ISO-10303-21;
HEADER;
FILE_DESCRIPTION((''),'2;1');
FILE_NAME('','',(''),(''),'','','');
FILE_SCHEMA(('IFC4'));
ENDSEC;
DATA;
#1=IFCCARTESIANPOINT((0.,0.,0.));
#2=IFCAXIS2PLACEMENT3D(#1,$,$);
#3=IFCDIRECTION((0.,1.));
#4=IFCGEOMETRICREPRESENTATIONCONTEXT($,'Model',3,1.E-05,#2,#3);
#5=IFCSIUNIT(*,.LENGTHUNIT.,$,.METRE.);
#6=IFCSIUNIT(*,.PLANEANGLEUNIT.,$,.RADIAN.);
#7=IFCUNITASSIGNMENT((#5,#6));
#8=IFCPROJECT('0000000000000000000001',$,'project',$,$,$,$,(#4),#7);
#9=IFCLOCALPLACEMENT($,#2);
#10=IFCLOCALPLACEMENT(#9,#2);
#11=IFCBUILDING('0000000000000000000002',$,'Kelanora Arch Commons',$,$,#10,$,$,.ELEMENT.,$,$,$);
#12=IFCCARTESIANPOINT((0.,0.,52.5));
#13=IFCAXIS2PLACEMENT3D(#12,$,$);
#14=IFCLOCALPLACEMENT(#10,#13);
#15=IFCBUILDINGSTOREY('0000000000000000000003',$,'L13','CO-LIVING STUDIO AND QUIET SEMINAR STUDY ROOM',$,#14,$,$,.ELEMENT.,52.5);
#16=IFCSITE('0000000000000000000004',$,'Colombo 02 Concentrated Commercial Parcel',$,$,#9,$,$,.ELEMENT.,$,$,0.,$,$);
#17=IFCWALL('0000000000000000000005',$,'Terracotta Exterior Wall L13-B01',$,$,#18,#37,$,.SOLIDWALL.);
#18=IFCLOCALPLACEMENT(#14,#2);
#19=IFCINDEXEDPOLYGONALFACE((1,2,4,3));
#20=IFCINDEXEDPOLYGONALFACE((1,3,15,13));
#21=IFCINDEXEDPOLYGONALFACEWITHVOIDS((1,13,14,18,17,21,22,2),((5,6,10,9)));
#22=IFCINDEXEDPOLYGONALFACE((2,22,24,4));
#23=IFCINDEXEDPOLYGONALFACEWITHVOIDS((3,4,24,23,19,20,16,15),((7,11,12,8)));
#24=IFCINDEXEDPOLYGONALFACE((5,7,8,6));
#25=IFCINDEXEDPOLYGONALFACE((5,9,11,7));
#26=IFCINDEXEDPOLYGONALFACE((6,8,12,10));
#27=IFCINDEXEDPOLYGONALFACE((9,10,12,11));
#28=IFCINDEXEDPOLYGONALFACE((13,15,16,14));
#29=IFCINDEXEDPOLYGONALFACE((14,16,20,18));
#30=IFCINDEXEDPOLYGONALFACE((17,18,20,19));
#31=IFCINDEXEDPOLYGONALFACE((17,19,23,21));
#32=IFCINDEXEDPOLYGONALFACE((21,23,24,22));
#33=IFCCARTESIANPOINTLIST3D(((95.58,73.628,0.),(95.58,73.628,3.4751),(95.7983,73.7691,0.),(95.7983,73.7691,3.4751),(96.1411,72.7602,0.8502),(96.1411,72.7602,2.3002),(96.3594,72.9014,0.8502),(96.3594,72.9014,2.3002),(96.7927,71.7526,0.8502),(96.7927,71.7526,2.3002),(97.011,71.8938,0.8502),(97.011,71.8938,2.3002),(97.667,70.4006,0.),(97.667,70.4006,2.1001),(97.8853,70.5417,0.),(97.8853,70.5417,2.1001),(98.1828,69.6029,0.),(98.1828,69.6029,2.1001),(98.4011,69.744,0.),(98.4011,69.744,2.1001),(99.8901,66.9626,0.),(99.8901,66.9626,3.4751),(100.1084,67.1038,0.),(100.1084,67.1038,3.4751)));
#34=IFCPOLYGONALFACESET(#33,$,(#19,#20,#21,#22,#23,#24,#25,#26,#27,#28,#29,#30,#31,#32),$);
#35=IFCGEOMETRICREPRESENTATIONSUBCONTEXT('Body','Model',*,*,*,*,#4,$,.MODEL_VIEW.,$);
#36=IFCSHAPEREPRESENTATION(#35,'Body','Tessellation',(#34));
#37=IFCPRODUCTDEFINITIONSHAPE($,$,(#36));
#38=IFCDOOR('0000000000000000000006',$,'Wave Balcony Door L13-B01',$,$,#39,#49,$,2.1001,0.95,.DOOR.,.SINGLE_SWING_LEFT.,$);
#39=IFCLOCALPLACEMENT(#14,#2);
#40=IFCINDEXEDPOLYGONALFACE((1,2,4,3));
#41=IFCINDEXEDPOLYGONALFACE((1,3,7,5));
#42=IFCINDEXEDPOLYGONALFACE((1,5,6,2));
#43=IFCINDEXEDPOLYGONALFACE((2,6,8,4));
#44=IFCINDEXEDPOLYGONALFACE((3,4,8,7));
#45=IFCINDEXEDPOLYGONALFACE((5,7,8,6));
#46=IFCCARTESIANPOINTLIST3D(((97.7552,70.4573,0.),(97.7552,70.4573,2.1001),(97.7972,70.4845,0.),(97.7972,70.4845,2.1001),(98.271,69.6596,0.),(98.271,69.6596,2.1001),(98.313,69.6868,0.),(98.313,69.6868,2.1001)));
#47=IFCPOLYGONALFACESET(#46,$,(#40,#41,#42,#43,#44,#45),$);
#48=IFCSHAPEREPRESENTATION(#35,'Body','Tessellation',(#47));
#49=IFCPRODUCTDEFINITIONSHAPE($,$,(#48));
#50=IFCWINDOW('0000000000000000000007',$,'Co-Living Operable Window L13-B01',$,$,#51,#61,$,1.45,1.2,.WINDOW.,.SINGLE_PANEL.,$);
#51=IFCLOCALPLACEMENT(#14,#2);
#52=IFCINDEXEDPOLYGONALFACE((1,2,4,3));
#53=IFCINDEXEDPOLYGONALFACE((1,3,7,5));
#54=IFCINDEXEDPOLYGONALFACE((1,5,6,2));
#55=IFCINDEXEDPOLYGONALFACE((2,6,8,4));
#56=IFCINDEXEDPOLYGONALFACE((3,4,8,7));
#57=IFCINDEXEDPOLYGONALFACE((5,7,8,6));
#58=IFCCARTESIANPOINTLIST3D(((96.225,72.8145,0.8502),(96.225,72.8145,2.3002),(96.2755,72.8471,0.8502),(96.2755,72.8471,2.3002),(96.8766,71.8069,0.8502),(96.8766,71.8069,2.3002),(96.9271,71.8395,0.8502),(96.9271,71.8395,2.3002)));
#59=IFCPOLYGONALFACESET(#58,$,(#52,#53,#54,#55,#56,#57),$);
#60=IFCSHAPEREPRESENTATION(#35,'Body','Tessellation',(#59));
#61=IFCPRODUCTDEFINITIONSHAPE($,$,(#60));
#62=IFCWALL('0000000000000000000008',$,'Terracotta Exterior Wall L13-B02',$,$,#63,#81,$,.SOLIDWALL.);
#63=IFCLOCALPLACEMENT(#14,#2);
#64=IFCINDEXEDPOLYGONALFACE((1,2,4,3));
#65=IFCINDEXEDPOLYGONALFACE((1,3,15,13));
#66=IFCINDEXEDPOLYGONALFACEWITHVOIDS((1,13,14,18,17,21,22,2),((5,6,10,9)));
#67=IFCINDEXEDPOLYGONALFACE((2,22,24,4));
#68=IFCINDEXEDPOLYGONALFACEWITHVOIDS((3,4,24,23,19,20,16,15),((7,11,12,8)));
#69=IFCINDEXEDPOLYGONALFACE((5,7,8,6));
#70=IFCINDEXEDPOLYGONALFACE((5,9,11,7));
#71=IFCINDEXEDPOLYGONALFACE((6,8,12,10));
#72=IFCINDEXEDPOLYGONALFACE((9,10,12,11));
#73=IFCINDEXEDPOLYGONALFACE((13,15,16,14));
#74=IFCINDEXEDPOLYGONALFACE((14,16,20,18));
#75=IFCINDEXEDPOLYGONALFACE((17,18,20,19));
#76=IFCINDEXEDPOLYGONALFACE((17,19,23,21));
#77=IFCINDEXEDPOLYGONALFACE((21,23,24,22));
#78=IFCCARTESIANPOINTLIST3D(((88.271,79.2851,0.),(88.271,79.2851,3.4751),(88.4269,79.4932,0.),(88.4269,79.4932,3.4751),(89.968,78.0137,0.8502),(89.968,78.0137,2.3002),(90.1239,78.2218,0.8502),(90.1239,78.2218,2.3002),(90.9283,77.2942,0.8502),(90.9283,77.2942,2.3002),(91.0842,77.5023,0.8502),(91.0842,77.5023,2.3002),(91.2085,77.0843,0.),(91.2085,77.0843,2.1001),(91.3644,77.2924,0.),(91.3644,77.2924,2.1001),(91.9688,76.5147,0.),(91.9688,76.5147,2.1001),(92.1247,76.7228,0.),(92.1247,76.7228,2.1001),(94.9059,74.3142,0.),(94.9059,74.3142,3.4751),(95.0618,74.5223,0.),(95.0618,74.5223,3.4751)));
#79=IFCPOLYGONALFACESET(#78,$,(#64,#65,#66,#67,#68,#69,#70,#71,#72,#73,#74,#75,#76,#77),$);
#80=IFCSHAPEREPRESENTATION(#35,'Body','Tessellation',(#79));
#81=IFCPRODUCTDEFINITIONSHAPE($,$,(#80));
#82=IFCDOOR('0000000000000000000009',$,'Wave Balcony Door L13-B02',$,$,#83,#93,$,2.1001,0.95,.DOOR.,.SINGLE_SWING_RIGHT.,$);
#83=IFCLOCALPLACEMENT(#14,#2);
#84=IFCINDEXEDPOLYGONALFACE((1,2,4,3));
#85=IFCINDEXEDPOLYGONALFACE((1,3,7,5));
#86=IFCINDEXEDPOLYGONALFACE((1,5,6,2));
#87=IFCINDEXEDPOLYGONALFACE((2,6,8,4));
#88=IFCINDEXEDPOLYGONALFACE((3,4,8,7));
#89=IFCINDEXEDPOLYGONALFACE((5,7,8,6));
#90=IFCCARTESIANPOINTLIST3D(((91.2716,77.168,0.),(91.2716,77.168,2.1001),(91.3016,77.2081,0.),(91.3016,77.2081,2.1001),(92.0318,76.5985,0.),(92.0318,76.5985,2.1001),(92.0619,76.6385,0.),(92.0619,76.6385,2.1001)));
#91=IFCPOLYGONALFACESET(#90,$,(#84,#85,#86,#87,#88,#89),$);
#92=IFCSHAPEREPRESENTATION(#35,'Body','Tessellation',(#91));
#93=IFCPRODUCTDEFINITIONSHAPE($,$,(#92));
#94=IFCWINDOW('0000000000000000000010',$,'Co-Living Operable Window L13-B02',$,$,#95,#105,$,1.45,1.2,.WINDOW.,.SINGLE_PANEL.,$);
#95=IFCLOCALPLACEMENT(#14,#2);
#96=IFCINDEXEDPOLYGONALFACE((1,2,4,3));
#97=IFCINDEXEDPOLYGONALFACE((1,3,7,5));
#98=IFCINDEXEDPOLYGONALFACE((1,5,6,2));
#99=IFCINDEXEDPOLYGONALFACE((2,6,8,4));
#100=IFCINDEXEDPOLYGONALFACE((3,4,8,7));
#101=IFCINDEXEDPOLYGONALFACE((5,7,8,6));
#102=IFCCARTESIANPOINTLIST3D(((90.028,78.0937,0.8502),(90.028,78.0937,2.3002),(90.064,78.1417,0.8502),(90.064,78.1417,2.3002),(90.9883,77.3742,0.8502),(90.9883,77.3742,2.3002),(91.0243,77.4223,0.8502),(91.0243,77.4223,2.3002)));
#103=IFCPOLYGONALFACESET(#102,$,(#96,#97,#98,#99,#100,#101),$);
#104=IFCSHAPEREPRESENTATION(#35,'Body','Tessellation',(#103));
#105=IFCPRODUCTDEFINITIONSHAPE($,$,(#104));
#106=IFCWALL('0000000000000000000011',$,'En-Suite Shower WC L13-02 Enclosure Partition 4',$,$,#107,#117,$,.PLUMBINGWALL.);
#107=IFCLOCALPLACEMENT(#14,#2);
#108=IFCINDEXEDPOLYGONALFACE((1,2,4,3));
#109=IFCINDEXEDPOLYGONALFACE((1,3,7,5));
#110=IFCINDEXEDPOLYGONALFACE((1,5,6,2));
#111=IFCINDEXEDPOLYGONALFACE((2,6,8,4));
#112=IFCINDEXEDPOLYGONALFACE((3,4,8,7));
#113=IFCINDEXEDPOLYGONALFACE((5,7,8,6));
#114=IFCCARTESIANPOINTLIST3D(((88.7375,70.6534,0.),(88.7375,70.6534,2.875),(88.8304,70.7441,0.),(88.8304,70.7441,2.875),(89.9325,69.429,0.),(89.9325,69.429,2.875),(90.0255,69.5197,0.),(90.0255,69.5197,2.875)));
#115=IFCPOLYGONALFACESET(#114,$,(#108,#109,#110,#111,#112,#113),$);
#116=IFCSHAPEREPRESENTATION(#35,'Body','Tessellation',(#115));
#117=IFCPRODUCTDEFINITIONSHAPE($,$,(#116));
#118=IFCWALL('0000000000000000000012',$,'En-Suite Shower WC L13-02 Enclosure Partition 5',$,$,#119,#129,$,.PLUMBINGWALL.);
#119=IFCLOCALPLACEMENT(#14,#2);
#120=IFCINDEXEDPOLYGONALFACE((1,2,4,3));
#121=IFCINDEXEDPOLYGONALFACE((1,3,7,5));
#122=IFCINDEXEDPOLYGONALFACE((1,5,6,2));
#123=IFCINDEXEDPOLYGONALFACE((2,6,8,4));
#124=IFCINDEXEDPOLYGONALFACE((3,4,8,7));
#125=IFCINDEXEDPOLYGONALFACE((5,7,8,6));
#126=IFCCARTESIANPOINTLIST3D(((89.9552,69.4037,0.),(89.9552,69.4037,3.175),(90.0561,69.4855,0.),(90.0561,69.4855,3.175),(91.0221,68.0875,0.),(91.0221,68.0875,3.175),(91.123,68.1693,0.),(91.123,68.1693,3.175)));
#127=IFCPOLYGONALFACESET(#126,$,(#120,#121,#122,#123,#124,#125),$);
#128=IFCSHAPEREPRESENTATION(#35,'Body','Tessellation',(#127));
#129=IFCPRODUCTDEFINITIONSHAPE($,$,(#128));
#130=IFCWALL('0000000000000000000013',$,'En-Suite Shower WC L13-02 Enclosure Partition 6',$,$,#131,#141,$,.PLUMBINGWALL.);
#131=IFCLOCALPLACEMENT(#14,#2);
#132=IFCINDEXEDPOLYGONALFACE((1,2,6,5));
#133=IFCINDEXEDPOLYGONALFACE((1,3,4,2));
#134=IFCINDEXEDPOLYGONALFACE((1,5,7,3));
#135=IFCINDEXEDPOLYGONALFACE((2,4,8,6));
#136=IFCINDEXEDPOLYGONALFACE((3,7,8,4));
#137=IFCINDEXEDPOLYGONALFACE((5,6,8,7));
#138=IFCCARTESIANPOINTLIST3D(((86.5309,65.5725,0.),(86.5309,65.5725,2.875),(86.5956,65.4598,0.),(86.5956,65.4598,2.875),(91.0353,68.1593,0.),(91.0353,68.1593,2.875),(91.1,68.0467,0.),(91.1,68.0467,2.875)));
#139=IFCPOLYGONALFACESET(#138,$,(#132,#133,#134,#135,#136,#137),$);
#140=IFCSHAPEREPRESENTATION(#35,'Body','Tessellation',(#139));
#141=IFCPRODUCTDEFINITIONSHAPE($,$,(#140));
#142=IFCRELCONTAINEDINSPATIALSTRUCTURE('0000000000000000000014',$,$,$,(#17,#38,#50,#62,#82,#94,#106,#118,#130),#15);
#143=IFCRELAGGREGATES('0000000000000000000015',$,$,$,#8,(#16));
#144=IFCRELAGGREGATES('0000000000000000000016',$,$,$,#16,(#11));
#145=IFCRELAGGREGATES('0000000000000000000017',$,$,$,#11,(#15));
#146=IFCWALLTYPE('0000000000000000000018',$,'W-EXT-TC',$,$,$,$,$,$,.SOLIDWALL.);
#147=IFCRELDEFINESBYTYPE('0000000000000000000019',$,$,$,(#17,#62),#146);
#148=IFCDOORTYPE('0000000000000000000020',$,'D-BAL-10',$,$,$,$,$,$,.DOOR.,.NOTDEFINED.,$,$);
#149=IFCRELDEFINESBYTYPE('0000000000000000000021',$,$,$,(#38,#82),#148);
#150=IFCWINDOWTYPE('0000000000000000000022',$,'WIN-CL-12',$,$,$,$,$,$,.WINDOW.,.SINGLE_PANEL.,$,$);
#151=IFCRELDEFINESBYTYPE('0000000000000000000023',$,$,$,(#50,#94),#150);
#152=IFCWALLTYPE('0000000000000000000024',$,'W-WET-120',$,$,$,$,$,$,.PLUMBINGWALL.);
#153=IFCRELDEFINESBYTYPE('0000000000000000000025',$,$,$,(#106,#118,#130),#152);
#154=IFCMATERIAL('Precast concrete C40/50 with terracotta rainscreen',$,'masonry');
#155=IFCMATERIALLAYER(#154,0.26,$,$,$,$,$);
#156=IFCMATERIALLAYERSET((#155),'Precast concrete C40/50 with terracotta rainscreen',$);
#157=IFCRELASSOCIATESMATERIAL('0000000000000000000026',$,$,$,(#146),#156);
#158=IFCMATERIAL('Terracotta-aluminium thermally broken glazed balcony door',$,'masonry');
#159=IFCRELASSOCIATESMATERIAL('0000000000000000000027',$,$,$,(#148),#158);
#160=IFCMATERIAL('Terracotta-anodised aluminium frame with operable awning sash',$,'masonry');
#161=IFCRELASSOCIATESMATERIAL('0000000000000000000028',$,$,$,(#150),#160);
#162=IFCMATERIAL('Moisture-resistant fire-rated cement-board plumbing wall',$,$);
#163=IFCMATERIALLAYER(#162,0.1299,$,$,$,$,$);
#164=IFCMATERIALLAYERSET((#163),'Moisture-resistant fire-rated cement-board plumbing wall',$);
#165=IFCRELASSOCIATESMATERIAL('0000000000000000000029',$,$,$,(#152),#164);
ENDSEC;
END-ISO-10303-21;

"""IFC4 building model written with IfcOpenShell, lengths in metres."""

from ifc_helpers import new_model, si_unit, direction, frame, frame_2d, origin, place, context, subcontext, project, spatial, rectangle, extrude, material, layer, layer_set, type_object, element, fill, save


model = new_model("IFC4")

# Units and contexts
model_context = context("Model", 3, precision=1e-05, world=origin(), true_north=direction((0.0, 1.0)))
body_context = subcontext(model_context, "Body", "Model", "MODEL_VIEW")
ifc_project = project(units=[si_unit("LENGTHUNIT", "METRE"), si_unit("PLANEANGLEUNIT", "RADIAN")], contexts=[model_context])

# Site, building, storey
site_placement = place(None, origin())
site = spatial("IfcSite", under=ifc_project, at=site_placement, Name="Colombo 02 Concentrated Commercial Parcel", CompositionType="ELEMENT", RefElevation=0.0)
building_placement = place(site_placement, origin())
building = spatial("IfcBuilding", under=site, at=building_placement, Name="Kelanora Arch Commons", CompositionType="ELEMENT")
storey_placement = place(building_placement, frame((0.0, 0.0, 52.5)))
storey = spatial("IfcBuildingStorey", under=building, at=storey_placement, Name="L13", Description="CO-LIVING STUDIO AND QUIET SEMINAR STUDY ROOM", CompositionType="ELEMENT", Elevation=52.5)

# Walls, openings, doors, windows
ifc_material_1 = material(Name="Precast concrete C40/50 with terracotta rainscreen", Category="masonry")
ifc_layer_1 = layer(ifc_material_1, 0.26)
ifc_layer_set_1 = layer_set([ifc_layer_1], Name="Precast concrete C40/50 with terracotta rainscreen")
wall_type_1 = type_object("IfcWallType", Name="W-EXT-TC", PredefinedType="SOLIDWALL", material=ifc_layer_set_1)
wall_1_placement = place(storey_placement, frame((99.9993, 67.0332, 0.0), z_axis=(0.0, 0.0, 1.0), x_axis=(-0.543005, 0.839729, 0.0)))
wall_1 = element("IfcWall", 1, at=wall_1_placement, inside=storey, type_object=wall_type_1, Name="Terracotta Exterior Wall L13-B01", PredefinedType="SOLIDWALL", context=body_context, shape_type="SweptSolid", body=[
    extrude(rectangle(XDim=7.9375, YDim=0.26, at=frame_2d((3.9688, 0.0))), origin(), (0.0, 0.0, 1.0), 3.4751),
])
opening_1_placement = place(wall_1_placement, frame((3.144, 0.0, 0.0)))
opening_1 = element("IfcOpeningElement", 2, at=opening_1_placement, cuts=wall_1, PredefinedType="OPENING", context=body_context, shape_type="SweptSolid", body=[
    extrude(rectangle(XDim=0.95, YDim=2.1001, at=frame_2d((0.4751, 1.05))), frame((0.0, 0.1401, 0.0), z_axis=(0.0, -1.0, 0.0), x_axis=(1.0, 0.0, 0.0)), (0.0, 0.0, 1.0), 0.28),
])
opening_2_placement = place(wall_1_placement, frame((5.7041, 0.0, 0.8501)))
opening_2 = element("IfcOpeningElement", 3, at=opening_2_placement, cuts=wall_1, PredefinedType="OPENING", context=body_context, shape_type="SweptSolid", body=[
    extrude(rectangle(XDim=1.2, YDim=1.45, at=frame_2d((0.6001, 0.7251))), frame((0.0, 0.1401, 0.0), z_axis=(0.0, -1.0, 0.0), x_axis=(1.0, 0.0, 0.0)), (0.0, 0.0, 1.0), 0.28),
])
ifc_material_2 = material(Name="Terracotta-aluminium thermally broken glazed balcony door", Category="masonry")
door_type = type_object("IfcDoorType", Name="D-BAL-10", OperationType="NOTDEFINED", PredefinedType="DOOR", material=ifc_material_2)
door_1_placement = place(opening_1_placement, frame((0.95, 0.0, 0.0), z_axis=(0.0, 0.0, 1.0), x_axis=(-1.0, 0.0, 0.0)))
door_1 = element("IfcDoor", 4, at=door_1_placement, inside=storey, type_object=door_type, Name="Wave Balcony Door L13-B01", OperationType="SINGLE_SWING_LEFT", OverallHeight=2.1001, OverallWidth=0.95, PredefinedType="DOOR", context=body_context, shape_type="SweptSolid", body=[
    extrude(rectangle(XDim=0.95, YDim=2.1001, at=frame_2d((0.4751, 1.05))), frame((0.0, 0.0249, 0.0), z_axis=(0.0, -1.0, 0.0), x_axis=(1.0, 0.0, 0.0)), (0.0, 0.0, 1.0), 0.05),
])
fill(opening_1, door_1)
ifc_material_3 = material(Name="Terracotta-anodised aluminium frame with operable awning sash", Category="masonry")
window_type = type_object("IfcWindowType", Name="WIN-CL-12", PartitioningType="SINGLE_PANEL", PredefinedType="WINDOW", material=ifc_material_3)
window_1_placement = place(opening_2_placement, origin())
window_1 = element("IfcWindow", 5, at=window_1_placement, inside=storey, type_object=window_type, Name="Co-Living Operable Window L13-B01", OverallHeight=1.45, OverallWidth=1.2, PartitioningType="SINGLE_PANEL", PredefinedType="WINDOW", context=body_context, shape_type="SweptSolid", body=[
    extrude(rectangle(XDim=1.2, YDim=1.45, at=frame_2d((0.6001, 0.7251))), frame((0.0, 0.03, 0.0), z_axis=(0.0, -1.0, 0.0), x_axis=(1.0, 0.0, 0.0)), (0.0, 0.0, 1.0), 0.0601),
])
fill(opening_2, window_1)
wall_2_placement = place(storey_placement, frame((94.9839, 74.4182, 0.0), z_axis=(0.0, 0.0, 1.0), x_axis=(-0.800307, 0.59959, 0.0)))
wall_2 = element("IfcWall", 6, at=wall_2_placement, inside=storey, type_object=wall_type_1, Name="Terracotta Exterior Wall L13-B02", PredefinedType="SOLIDWALL", context=body_context, shape_type="SweptSolid", body=[
    extrude(rectangle(XDim=8.2905, YDim=0.26, at=frame_2d((4.1453, 0.0))), origin(), (0.0, 0.0, 1.0), 3.4751),
])
opening_3_placement = place(wall_2_placement, frame((3.6699, 0.0, 0.0)))
opening_3 = element("IfcOpeningElement", 7, at=opening_3_placement, cuts=wall_2, PredefinedType="OPENING", context=body_context, shape_type="SweptSolid", body=[
    extrude(rectangle(XDim=0.95, YDim=2.1001, at=frame_2d((0.4751, 1.05))), frame((0.0, 0.1401, 0.0), z_axis=(0.0, -1.0, 0.0), x_axis=(1.0, 0.0, 0.0)), (0.0, 0.0, 1.0), 0.28),
])
opening_4_placement = place(wall_2_placement, frame((4.97, 0.0, 0.8501)))
opening_4 = element("IfcOpeningElement", 8, at=opening_4_placement, cuts=wall_2, PredefinedType="OPENING", context=body_context, shape_type="SweptSolid", body=[
    extrude(rectangle(XDim=1.2, YDim=1.45, at=frame_2d((0.6001, 0.7251))), frame((0.0, 0.1401, 0.0), z_axis=(0.0, -1.0, 0.0), x_axis=(1.0, 0.0, 0.0)), (0.0, 0.0, 1.0), 0.28),
])
door_2_placement = place(opening_3_placement, frame((0.95, 0.0, 0.0), z_axis=(0.0, 0.0, 1.0), x_axis=(-1.0, 0.0, 0.0)))
door_2 = element("IfcDoor", 9, at=door_2_placement, inside=storey, type_object=door_type, Name="Wave Balcony Door L13-B02", OperationType="SINGLE_SWING_RIGHT", OverallHeight=2.1001, OverallWidth=0.95, PredefinedType="DOOR", context=body_context, shape_type="SweptSolid", body=[
    extrude(rectangle(XDim=0.95, YDim=2.1001, at=frame_2d((0.4751, 1.05))), frame((0.0, 0.0249, 0.0), z_axis=(0.0, -1.0, 0.0), x_axis=(1.0, 0.0, 0.0)), (0.0, 0.0, 1.0), 0.05),
])
fill(opening_3, door_2)
window_2_placement = place(opening_4_placement, origin())
window_2 = element("IfcWindow", 10, at=window_2_placement, inside=storey, type_object=window_type, Name="Co-Living Operable Window L13-B02", OverallHeight=1.45, OverallWidth=1.2, PartitioningType="SINGLE_PANEL", PredefinedType="WINDOW", context=body_context, shape_type="SweptSolid", body=[
    extrude(rectangle(XDim=1.2, YDim=1.45, at=frame_2d((0.6001, 0.7251))), frame((0.0, 0.03, 0.0), z_axis=(0.0, -1.0, 0.0), x_axis=(1.0, 0.0, 0.0)), (0.0, 0.0, 1.0), 0.0601),
])
fill(opening_4, window_2)

# Walls
ifc_material_4 = material(Name="Moisture-resistant fire-rated cement-board plumbing wall")
ifc_layer_2 = layer(ifc_material_4, 0.1299)
ifc_layer_set_2 = layer_set([ifc_layer_2], Name="Moisture-resistant fire-rated cement-board plumbing wall")
wall_type_2 = type_object("IfcWallType", Name="W-WET-120", PredefinedType="PLUMBINGWALL", material=ifc_layer_set_2)
wall_3_placement = place(storey_placement, frame((88.7839, 70.6987, 0.0), z_axis=(0.0, 0.0, 1.0), x_axis=(0.698493, -0.715617, 0.0)))
element("IfcWall", 11, at=wall_3_placement, inside=storey, type_object=wall_type_2, Name="En-Suite Shower WC L13-02 Enclosure Partition 4", PredefinedType="PLUMBINGWALL", context=body_context, shape_type="SweptSolid", body=[
    extrude(rectangle(XDim=1.7109, YDim=0.1299, at=frame_2d((0.8555, 0.0))), origin(), (0.0, 0.0, 1.0), 2.875),
])
wall_4_placement = place(storey_placement, frame((90.0056, 69.4446, 0.0), z_axis=(0.0, 0.0, 1.0), x_axis=(0.629708, -0.776832, 0.0)))
element("IfcWall", 12, at=wall_4_placement, inside=storey, type_object=wall_type_2, Name="En-Suite Shower WC L13-02 Enclosure Partition 5", PredefinedType="PLUMBINGWALL", context=body_context, shape_type="SweptSolid", body=[
    extrude(rectangle(XDim=1.6943, YDim=0.1299, at=frame_2d((0.8472, 0.0))), origin(), (0.0, 0.0, 1.0), 3.175),
])
wall_5_placement = place(storey_placement, frame((91.0676, 68.103, 0.0), z_axis=(0.0, 0.0, 1.0), x_axis=(-0.867165, -0.498021, 0.0)))
element("IfcWall", 13, at=wall_5_placement, inside=storey, type_object=wall_type_2, Name="En-Suite Shower WC L13-02 Enclosure Partition 6", PredefinedType="PLUMBINGWALL", context=body_context, shape_type="SweptSolid", body=[
    extrude(rectangle(XDim=5.1943, YDim=0.1299, at=frame_2d((2.5972, 0.0))), origin(), (0.0, 0.0, 1.0), 2.875),
])

save(model, "model.ifc")
